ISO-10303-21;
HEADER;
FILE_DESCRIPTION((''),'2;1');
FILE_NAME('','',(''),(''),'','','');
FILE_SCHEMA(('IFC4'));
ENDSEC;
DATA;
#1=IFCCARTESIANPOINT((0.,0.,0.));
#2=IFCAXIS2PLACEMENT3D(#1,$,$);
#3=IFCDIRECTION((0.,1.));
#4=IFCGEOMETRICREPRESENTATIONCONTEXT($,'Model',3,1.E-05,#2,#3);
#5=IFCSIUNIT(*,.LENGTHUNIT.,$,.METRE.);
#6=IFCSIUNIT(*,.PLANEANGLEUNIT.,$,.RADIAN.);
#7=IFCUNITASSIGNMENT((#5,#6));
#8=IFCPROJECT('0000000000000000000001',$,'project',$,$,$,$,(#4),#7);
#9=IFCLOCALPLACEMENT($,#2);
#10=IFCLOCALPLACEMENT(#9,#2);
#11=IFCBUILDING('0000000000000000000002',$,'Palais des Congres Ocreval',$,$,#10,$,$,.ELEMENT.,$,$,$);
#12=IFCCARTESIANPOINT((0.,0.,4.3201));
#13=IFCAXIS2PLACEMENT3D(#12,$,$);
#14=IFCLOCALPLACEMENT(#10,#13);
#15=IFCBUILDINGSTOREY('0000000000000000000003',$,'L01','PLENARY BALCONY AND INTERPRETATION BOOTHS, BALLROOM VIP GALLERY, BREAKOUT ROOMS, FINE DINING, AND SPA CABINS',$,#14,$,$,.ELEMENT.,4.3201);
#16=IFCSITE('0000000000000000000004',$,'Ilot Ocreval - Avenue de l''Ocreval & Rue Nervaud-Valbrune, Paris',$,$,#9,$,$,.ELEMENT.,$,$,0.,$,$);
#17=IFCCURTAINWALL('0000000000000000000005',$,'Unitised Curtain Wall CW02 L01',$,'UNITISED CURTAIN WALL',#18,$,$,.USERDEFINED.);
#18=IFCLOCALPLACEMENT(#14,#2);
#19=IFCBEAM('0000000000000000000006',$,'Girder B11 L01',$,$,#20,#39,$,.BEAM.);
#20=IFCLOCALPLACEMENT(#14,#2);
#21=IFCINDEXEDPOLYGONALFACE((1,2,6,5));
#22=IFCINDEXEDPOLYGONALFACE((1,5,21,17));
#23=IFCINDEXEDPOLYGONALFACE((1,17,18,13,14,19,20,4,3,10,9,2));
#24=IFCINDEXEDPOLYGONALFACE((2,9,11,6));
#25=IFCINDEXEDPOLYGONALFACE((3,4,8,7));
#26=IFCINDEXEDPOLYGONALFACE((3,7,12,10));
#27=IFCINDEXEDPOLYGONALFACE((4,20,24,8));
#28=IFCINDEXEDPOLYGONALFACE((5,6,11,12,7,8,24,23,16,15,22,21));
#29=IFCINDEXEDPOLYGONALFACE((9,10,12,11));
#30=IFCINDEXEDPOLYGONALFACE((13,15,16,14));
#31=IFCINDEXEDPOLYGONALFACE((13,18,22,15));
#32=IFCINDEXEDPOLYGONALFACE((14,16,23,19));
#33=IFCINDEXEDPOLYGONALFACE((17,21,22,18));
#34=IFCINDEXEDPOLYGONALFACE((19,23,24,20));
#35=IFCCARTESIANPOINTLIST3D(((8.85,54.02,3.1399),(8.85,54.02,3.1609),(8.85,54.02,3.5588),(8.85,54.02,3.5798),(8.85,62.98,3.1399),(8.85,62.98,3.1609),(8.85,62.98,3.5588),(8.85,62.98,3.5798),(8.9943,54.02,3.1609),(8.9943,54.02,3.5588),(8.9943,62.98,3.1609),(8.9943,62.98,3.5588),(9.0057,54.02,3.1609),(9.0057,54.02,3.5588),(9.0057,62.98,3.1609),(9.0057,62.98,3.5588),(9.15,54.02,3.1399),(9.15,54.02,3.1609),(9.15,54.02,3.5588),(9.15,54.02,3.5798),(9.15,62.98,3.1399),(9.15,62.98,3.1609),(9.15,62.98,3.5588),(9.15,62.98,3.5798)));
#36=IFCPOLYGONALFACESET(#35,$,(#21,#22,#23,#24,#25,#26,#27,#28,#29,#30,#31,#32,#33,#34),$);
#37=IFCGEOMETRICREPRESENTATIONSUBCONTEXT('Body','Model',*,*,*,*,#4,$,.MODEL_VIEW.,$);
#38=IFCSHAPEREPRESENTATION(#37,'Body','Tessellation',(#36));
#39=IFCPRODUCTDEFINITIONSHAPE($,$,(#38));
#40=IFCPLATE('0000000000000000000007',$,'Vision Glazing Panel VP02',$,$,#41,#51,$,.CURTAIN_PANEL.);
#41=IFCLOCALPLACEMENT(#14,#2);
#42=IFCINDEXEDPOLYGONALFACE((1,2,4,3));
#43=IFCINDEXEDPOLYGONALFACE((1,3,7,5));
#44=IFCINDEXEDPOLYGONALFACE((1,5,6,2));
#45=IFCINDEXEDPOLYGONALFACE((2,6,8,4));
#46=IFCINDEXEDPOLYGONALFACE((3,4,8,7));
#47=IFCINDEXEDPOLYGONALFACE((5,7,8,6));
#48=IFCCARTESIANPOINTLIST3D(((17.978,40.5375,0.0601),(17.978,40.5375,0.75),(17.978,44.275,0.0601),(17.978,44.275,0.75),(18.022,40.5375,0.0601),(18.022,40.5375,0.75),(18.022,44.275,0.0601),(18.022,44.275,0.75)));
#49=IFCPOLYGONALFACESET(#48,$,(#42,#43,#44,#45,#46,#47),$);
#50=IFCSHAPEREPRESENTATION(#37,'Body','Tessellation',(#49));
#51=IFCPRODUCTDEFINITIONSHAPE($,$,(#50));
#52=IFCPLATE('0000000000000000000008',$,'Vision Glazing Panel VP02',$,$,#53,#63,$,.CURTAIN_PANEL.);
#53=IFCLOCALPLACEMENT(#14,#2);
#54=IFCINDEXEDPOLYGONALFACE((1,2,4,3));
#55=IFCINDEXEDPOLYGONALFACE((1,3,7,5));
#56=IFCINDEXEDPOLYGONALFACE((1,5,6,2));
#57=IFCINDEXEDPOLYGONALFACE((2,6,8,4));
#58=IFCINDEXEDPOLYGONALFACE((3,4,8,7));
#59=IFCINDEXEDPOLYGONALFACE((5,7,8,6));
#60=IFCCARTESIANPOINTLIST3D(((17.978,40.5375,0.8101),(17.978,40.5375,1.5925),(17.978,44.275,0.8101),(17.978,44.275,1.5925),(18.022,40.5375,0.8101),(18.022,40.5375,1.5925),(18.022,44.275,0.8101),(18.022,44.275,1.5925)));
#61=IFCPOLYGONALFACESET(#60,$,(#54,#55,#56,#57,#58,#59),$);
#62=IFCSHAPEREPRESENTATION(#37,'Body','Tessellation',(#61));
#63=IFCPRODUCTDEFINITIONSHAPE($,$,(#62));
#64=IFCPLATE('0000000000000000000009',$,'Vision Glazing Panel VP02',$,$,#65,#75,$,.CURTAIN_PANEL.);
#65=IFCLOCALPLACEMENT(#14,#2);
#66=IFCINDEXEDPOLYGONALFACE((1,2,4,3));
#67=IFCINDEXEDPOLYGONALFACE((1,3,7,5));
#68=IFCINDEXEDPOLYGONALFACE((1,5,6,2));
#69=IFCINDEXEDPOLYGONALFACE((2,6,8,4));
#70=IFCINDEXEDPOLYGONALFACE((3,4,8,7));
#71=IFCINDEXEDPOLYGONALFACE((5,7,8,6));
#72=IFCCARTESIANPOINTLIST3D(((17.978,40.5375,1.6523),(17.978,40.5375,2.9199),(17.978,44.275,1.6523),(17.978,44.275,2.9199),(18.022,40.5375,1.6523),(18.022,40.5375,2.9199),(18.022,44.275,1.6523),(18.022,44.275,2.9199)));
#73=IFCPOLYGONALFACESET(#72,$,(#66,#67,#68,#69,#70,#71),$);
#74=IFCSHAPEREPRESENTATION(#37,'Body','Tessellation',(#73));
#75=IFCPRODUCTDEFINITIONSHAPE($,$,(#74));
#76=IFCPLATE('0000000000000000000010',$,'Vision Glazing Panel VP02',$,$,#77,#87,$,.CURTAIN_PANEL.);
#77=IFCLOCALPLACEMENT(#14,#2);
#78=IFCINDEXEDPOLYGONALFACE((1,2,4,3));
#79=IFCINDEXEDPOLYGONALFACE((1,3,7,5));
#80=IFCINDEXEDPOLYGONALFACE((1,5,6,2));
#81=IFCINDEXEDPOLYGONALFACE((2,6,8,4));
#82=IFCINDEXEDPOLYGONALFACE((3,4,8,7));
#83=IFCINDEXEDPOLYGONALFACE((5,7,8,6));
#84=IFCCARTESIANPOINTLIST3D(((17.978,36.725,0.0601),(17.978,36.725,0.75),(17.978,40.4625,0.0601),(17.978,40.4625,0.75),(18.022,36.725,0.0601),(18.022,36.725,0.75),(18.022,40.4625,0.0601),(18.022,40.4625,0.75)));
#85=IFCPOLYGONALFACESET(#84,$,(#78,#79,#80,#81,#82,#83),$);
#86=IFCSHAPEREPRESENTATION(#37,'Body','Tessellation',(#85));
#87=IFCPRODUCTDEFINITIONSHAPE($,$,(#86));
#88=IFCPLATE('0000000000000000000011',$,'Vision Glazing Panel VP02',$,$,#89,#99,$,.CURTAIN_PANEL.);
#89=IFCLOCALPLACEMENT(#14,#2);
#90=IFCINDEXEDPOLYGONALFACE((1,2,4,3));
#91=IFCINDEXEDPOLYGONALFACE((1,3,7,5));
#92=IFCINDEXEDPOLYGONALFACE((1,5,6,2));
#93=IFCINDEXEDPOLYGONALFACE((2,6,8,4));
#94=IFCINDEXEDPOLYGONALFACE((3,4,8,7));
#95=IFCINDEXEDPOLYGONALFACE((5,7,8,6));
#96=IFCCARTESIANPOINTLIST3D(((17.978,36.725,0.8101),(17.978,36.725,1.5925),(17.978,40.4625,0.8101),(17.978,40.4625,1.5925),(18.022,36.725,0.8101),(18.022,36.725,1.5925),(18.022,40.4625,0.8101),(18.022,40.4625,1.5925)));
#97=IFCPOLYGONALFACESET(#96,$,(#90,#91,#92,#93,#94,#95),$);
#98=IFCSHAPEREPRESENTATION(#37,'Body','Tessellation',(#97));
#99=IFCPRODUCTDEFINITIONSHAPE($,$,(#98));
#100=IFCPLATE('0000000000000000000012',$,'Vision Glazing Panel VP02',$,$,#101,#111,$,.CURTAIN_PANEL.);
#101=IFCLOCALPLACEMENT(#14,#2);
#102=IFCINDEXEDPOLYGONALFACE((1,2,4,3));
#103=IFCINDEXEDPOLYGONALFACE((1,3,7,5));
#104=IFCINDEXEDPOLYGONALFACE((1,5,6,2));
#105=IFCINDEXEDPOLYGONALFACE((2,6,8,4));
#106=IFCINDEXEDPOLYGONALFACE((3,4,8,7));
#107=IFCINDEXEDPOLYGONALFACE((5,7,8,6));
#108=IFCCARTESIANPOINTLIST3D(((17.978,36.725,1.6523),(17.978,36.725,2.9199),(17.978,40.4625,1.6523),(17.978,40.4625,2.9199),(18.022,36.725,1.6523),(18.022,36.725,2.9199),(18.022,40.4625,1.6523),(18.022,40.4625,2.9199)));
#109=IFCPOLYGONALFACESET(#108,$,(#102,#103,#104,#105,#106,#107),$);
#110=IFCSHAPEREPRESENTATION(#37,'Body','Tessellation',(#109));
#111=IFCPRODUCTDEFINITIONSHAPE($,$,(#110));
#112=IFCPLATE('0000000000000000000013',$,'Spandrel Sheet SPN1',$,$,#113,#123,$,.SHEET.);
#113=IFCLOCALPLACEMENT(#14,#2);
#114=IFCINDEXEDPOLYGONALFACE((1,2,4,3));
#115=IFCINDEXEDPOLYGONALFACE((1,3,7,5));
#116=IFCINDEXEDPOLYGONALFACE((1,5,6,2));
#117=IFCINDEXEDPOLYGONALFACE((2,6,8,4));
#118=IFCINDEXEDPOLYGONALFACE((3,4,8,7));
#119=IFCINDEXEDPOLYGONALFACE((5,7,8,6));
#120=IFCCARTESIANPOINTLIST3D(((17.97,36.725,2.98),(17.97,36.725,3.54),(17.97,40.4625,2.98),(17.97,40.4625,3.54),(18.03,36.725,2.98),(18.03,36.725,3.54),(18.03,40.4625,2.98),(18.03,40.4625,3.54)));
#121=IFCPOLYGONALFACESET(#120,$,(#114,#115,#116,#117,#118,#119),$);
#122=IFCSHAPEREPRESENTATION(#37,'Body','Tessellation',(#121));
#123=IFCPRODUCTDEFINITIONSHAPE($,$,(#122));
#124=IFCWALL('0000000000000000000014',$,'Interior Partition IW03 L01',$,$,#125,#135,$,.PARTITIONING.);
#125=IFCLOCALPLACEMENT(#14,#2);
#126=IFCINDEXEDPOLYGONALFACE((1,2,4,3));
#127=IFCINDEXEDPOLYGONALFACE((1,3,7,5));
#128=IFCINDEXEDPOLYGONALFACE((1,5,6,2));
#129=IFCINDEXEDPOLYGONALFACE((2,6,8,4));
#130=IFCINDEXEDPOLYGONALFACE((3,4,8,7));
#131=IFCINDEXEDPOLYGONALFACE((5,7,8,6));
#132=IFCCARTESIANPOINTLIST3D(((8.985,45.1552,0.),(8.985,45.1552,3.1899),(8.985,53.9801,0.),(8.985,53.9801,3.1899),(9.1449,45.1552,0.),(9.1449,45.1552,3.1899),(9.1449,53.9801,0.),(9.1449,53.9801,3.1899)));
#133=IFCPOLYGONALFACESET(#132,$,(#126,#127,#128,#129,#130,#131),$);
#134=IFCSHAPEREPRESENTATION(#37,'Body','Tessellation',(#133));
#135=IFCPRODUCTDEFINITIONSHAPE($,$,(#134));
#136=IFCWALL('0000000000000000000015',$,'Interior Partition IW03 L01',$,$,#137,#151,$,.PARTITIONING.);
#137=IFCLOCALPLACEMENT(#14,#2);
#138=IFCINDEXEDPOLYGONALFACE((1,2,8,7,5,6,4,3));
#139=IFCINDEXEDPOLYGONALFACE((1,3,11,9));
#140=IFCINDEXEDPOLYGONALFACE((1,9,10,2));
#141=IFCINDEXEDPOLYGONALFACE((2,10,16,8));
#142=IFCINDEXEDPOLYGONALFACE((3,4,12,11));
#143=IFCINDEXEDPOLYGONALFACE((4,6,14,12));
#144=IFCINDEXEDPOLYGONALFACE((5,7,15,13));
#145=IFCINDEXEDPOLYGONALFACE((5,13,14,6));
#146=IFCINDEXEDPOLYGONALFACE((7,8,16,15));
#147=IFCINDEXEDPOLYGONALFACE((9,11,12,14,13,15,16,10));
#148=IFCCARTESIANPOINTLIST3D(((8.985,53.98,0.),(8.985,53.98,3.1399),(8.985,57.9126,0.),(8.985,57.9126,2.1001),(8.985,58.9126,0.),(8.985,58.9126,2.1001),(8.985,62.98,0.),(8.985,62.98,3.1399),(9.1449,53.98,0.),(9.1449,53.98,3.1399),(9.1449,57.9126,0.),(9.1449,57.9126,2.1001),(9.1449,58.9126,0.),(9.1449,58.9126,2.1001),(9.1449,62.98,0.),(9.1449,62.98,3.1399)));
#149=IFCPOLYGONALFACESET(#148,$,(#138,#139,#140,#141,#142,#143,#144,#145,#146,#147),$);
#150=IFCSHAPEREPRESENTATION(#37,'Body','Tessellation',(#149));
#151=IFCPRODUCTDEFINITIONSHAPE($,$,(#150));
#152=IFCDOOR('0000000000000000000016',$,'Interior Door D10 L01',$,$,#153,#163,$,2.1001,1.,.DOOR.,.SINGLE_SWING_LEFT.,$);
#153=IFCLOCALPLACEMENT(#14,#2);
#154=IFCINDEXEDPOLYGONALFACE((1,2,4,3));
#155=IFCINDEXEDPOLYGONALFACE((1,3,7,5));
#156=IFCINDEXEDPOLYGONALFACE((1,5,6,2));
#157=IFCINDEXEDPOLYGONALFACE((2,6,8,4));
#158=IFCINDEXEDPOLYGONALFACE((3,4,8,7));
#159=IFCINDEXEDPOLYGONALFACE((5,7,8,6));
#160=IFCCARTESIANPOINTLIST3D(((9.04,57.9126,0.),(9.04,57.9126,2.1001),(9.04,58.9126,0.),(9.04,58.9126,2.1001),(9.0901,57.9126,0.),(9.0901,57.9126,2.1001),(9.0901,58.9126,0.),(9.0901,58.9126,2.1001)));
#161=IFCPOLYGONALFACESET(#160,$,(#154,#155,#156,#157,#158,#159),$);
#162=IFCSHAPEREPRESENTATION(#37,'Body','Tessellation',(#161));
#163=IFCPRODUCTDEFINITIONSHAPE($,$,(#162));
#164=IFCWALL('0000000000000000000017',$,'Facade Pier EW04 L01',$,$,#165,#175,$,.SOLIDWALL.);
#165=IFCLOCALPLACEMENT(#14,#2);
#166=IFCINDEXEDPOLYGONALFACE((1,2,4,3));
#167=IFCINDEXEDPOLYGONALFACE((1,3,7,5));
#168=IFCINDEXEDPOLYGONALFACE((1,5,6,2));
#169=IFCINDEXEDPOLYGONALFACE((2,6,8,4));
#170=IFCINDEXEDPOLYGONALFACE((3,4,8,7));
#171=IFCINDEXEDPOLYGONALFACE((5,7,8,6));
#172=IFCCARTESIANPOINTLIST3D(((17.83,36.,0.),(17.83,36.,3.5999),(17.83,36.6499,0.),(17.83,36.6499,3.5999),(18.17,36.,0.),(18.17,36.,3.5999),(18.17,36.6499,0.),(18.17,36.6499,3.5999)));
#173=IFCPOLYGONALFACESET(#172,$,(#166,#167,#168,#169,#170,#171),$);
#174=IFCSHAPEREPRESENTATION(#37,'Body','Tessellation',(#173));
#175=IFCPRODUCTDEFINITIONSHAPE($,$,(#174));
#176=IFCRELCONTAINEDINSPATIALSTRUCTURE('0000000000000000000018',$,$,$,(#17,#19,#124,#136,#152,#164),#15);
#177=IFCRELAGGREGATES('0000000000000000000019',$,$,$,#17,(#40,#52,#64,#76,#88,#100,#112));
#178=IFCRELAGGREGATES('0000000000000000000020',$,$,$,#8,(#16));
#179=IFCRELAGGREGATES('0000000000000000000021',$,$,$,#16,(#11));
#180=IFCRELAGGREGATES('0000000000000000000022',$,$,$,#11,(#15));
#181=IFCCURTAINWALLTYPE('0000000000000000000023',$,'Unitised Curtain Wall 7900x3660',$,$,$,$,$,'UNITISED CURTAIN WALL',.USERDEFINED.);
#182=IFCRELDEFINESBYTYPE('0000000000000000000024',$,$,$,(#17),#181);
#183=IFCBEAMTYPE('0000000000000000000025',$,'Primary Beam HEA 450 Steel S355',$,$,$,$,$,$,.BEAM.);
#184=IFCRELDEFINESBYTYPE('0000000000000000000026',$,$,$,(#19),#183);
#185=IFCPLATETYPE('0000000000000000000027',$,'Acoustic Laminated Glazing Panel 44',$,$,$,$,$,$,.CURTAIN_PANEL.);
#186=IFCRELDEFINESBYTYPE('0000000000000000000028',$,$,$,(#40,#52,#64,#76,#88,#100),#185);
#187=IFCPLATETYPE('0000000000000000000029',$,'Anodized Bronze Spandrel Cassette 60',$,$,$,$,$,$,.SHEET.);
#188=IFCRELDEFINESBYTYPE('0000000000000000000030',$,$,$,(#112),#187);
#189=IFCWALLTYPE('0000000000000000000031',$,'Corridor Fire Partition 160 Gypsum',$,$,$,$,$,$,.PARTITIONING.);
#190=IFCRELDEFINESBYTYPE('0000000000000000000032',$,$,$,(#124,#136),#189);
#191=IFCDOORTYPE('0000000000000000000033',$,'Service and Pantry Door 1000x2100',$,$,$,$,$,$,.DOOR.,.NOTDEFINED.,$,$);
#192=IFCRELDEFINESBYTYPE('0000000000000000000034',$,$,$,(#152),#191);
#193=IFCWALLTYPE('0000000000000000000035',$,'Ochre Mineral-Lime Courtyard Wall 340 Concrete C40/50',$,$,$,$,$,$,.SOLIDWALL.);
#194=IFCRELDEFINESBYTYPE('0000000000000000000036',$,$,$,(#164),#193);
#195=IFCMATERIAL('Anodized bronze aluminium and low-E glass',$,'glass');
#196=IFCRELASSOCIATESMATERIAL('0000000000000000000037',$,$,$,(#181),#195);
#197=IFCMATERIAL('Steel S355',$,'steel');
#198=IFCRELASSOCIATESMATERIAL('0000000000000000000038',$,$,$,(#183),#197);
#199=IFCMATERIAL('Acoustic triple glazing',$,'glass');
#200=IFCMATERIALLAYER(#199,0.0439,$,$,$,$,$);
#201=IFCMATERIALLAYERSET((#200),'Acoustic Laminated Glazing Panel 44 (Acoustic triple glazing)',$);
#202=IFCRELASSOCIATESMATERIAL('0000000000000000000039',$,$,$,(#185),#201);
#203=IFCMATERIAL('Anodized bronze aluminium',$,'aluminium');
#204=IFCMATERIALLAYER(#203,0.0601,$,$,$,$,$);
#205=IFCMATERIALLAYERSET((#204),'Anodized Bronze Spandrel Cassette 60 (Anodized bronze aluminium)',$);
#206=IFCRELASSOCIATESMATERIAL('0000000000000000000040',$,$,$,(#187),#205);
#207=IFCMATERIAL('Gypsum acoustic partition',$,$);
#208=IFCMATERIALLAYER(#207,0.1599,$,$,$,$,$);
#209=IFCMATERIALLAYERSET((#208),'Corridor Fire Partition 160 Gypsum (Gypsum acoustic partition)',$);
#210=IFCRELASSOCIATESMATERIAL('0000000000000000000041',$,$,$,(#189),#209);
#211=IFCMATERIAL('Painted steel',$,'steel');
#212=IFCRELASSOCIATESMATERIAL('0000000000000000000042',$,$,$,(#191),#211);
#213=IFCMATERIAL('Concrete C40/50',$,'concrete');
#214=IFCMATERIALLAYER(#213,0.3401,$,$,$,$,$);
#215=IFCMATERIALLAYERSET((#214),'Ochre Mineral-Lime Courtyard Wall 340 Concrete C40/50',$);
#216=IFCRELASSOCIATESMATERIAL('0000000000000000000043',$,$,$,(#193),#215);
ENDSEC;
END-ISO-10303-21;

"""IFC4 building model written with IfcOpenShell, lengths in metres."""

from ifc_helpers import new_model, si_unit, direction, frame, frame_2d, origin, origin_2d, place, context, subcontext, project, spatial, rectangle, i_section, extrude, material, layer, layer_set, material_profile, profile_set, type_object, element, fill, aggregate, save


model = new_model("IFC4")

# Units and contexts
model_context = context("Model", 3, precision=1e-05, world=origin(), true_north=direction((0.0, 1.0)))
body_context = subcontext(model_context, "Body", "Model", "MODEL_VIEW")
ifc_project = project(units=[si_unit("LENGTHUNIT", "METRE"), si_unit("PLANEANGLEUNIT", "RADIAN")], contexts=[model_context])

# Site, building, storey
site_placement = place(None, origin())
site = spatial("IfcSite", under=ifc_project, at=site_placement, Name="Ilot Ocreval - Avenue de l'Ocreval & Rue Nervaud-Valbrune, Paris", CompositionType="ELEMENT", RefElevation=0.0)
building_placement = place(site_placement, origin())
building = spatial("IfcBuilding", under=site, at=building_placement, Name="Palais des Congres Ocreval", CompositionType="ELEMENT")
storey_placement = place(building_placement, frame((0.0, 0.0, 4.3201)))
storey = spatial("IfcBuildingStorey", under=building, at=storey_placement, Name="L01", Description="PLENARY BALCONY AND INTERPRETATION BOOTHS, BALLROOM VIP GALLERY, BREAKOUT ROOMS, FINE DINING, AND SPA CABINS", CompositionType="ELEMENT", Elevation=4.3201)

# Shared definitions
ifc_material_1 = material(Name="Concrete C40/50", Category="concrete")

# Curtain wall
ifc_material_2 = material(Name="Anodized bronze aluminium and low-E glass", Category="glass")
curtain_wall_type = type_object("IfcCurtainWallType", Name="Unitised Curtain Wall 7900x3660", ElementType="UNITISED CURTAIN WALL", PredefinedType="USERDEFINED", material=ifc_material_2)
curtain_wall_placement = place(storey_placement, origin())
curtain_wall = element("IfcCurtainWall", 1, at=curtain_wall_placement, inside=storey, type_object=curtain_wall_type, Name="Unitised Curtain Wall CW02 L01", ObjectType="UNITISED CURTAIN WALL", PredefinedType="USERDEFINED")
ifc_material_3 = material(Name="Anodized bronze aluminium", Category="aluminium")

# Beam
ifc_material_4 = material(Name="Steel S355", Category="steel")
ifc_material_profile_1 = material_profile(ifc_material_4, i_section(OverallWidth=0.3, OverallDepth=0.4399, WebThickness=0.0115, FlangeThickness=0.021, at=origin_2d()), Name="HEA 450")
ifc_profile_set_1 = profile_set([ifc_material_profile_1], Name="Steel S355")
beam_type_1 = type_object("IfcBeamType", Name="Primary Beam HEA 450 Steel S355", PredefinedType="BEAM", material=ifc_profile_set_1)
for number, where, z_axis, x_axis, name in (
    (2, (9.0, 54.02, 3.3599), (0.0, 1.0, 0.0), (-1.0, 0.0, 0.0), "Girder B11 L01"),
):
    element("IfcBeam", number, at=place(storey_placement, frame(where, z_axis=z_axis, x_axis=x_axis)), inside=storey, type_object=beam_type_1, Name=name, PredefinedType="BEAM", context=body_context, shape_type="SweptSolid", body=[
        extrude(i_section(OverallWidth=0.3, OverallDepth=0.4399, WebThickness=0.0115, FlangeThickness=0.021, at=origin_2d()), origin(), (0.0, 0.0, 1.0), 8.96),
    ])

# Plates
ifc_material_5 = material(Name="Acoustic triple glazing", Category="glass")
ifc_layer_1 = layer(ifc_material_5, 0.0439)
ifc_layer_set_1 = layer_set([ifc_layer_1], Name="Acoustic Laminated Glazing Panel 44 (Acoustic triple glazing)")
plate_type_1 = type_object("IfcPlateType", Name="Acoustic Laminated Glazing Panel 44", PredefinedType="CURTAIN_PANEL", material=ifc_layer_set_1)
plate_1_placement = place(storey_placement, frame((18.0, 42.4062, 0.0601), z_axis=(0.0, 0.0, 1.0), x_axis=(0.0, -1.0, 0.0)))
plate_1 = element("IfcPlate", 3, at=plate_1_placement, type_object=plate_type_1, Name="Vision Glazing Panel VP02", PredefinedType="CURTAIN_PANEL", context=body_context, shape_type="SweptSolid", body=[
    extrude(rectangle(XDim=3.7375, YDim=0.0439, at=origin_2d()), origin(), (0.0, 0.0, 1.0), 0.6899),
])
plate_2_placement = place(storey_placement, frame((18.0, 42.4062, 0.8101), z_axis=(0.0, 0.0, 1.0), x_axis=(0.0, -1.0, 0.0)))
plate_2 = element("IfcPlate", 4, at=plate_2_placement, type_object=plate_type_1, Name="Vision Glazing Panel VP02", PredefinedType="CURTAIN_PANEL", context=body_context, shape_type="SweptSolid", body=[
    extrude(rectangle(XDim=3.7375, YDim=0.0439, at=origin_2d()), origin(), (0.0, 0.0, 1.0), 0.7825),
])
plate_3_placement = place(storey_placement, frame((18.0, 42.4062, 1.6523), z_axis=(0.0, 0.0, 1.0), x_axis=(0.0, -1.0, 0.0)))
plate_3 = element("IfcPlate", 5, at=plate_3_placement, type_object=plate_type_1, Name="Vision Glazing Panel VP02", PredefinedType="CURTAIN_PANEL", context=body_context, shape_type="SweptSolid", body=[
    extrude(rectangle(XDim=3.7375, YDim=0.0439, at=origin_2d()), origin(), (0.0, 0.0, 1.0), 1.2676),
])
plate_4_placement = place(storey_placement, frame((18.0, 38.5938, 0.0601), z_axis=(0.0, 0.0, 1.0), x_axis=(0.0, -1.0, 0.0)))
plate_4 = element("IfcPlate", 6, at=plate_4_placement, type_object=plate_type_1, Name="Vision Glazing Panel VP02", PredefinedType="CURTAIN_PANEL", context=body_context, shape_type="SweptSolid", body=[
    extrude(rectangle(XDim=3.7375, YDim=0.0439, at=origin_2d()), origin(), (0.0, 0.0, 1.0), 0.6899),
])
plate_5_placement = place(storey_placement, frame((18.0, 38.5938, 0.8101), z_axis=(0.0, 0.0, 1.0), x_axis=(0.0, -1.0, 0.0)))
plate_5 = element("IfcPlate", 7, at=plate_5_placement, type_object=plate_type_1, Name="Vision Glazing Panel VP02", PredefinedType="CURTAIN_PANEL", context=body_context, shape_type="SweptSolid", body=[
    extrude(rectangle(XDim=3.7375, YDim=0.0439, at=origin_2d()), origin(), (0.0, 0.0, 1.0), 0.7825),
])
plate_6_placement = place(storey_placement, frame((18.0, 38.5938, 1.6523), z_axis=(0.0, 0.0, 1.0), x_axis=(0.0, -1.0, 0.0)))
plate_6 = element("IfcPlate", 8, at=plate_6_placement, type_object=plate_type_1, Name="Vision Glazing Panel VP02", PredefinedType="CURTAIN_PANEL", context=body_context, shape_type="SweptSolid", body=[
    extrude(rectangle(XDim=3.7375, YDim=0.0439, at=origin_2d()), origin(), (0.0, 0.0, 1.0), 1.2676),
])
ifc_layer_2 = layer(ifc_material_3, 0.0601)
ifc_layer_set_2 = layer_set([ifc_layer_2], Name="Anodized Bronze Spandrel Cassette 60 (Anodized bronze aluminium)")
plate_type_2 = type_object("IfcPlateType", Name="Anodized Bronze Spandrel Cassette 60", PredefinedType="SHEET", material=ifc_layer_set_2)
plate_7_placement = place(storey_placement, frame((18.0, 38.5938, 2.98), z_axis=(0.0, 0.0, 1.0), x_axis=(0.0, -1.0, 0.0)))
plate_7 = element("IfcPlate", 9, at=plate_7_placement, type_object=plate_type_2, Name="Spandrel Sheet SPN1", PredefinedType="SHEET", context=body_context, shape_type="SweptSolid", body=[
    extrude(rectangle(XDim=3.7375, YDim=0.0601, at=origin_2d()), origin(), (0.0, 0.0, 1.0), 0.5601),
])
aggregate(curtain_wall, [plate_1, plate_2, plate_3, plate_4, plate_5, plate_6, plate_7])

# Wall
ifc_material_6 = material(Name="Gypsum acoustic partition")
ifc_layer_3 = layer(ifc_material_6, 0.1599)
ifc_layer_set_3 = layer_set([ifc_layer_3], Name="Corridor Fire Partition 160 Gypsum (Gypsum acoustic partition)")
wall_type_1 = type_object("IfcWallType", Name="Corridor Fire Partition 160 Gypsum", PredefinedType="PARTITIONING", material=ifc_layer_set_3)
wall_1_placement = place(storey_placement, frame((9.0649, 45.155, 0.0), z_axis=(0.0, 0.0, 1.0), x_axis=(0.0, 1.0, 0.0)))
element("IfcWall", 10, at=wall_1_placement, inside=storey, type_object=wall_type_1, Name="Interior Partition IW03 L01", PredefinedType="PARTITIONING", context=body_context, shape_type="SweptSolid", body=[
    extrude(rectangle(XDim=8.825, YDim=0.1599, at=frame_2d((4.4126, 0.0))), origin(), (0.0, 0.0, 1.0), 3.1899),
])

# Wall, opening, door
wall_2_placement = place(storey_placement, frame((9.0649, 53.98, 0.0), z_axis=(0.0, 0.0, 1.0), x_axis=(0.0, 1.0, 0.0)))
wall_2 = element("IfcWall", 11, at=wall_2_placement, inside=storey, type_object=wall_type_1, Name="Interior Partition IW03 L01", PredefinedType="PARTITIONING", context=body_context, shape_type="SweptSolid", body=[
    extrude(rectangle(XDim=9.0, YDim=0.1599, at=frame_2d((4.5, 0.0))), origin(), (0.0, 0.0, 1.0), 3.1399),
])
opening_placement = place(wall_2_placement, frame((3.9326, 0.0, 0.0)))
opening = element("IfcOpeningElement", 12, at=opening_placement, cuts=wall_2, PredefinedType="OPENING", context=body_context, shape_type="SweptSolid", body=[
    extrude(rectangle(XDim=1.0, YDim=2.1001, at=frame_2d((0.5, 1.05))), frame((0.0, 0.0898, 0.0), z_axis=(0.0, -1.0, 0.0), x_axis=(1.0, 0.0, 0.0)), (0.0, 0.0, 1.0), 0.1799),
])
ifc_material_7 = material(Name="Painted steel", Category="steel")
door_type = type_object("IfcDoorType", Name="Service and Pantry Door 1000x2100", OperationType="NOTDEFINED", PredefinedType="DOOR", material=ifc_material_7)
door_placement = place(opening_placement, origin())
door = element("IfcDoor", 13, at=door_placement, inside=storey, type_object=door_type, Name="Interior Door D10 L01", OperationType="SINGLE_SWING_LEFT", OverallHeight=2.1001, OverallWidth=1.0, PredefinedType="DOOR", context=body_context, shape_type="SweptSolid", body=[
    extrude(rectangle(XDim=1.0, YDim=2.1001, at=frame_2d((0.5, 1.05))), frame((0.0, 0.0249, 0.0), z_axis=(0.0, -1.0, 0.0), x_axis=(1.0, 0.0, 0.0)), (0.0, 0.0, 1.0), 0.05),
])
fill(opening, door)

# Wall
ifc_layer_4 = layer(ifc_material_1, 0.3401)
ifc_layer_set_4 = layer_set([ifc_layer_4], Name="Ochre Mineral-Lime Courtyard Wall 340 Concrete C40/50")
wall_type_2 = type_object("IfcWallType", Name="Ochre Mineral-Lime Courtyard Wall 340 Concrete C40/50", PredefinedType="SOLIDWALL", material=ifc_layer_set_4)
wall_3_placement = place(storey_placement, frame((18.0, 36.6499, 0.0), z_axis=(0.0, 0.0, 1.0), x_axis=(0.0, -1.0, 0.0)))
element("IfcWall", 14, at=wall_3_placement, inside=storey, type_object=wall_type_2, Name="Facade Pier EW04 L01", PredefinedType="SOLIDWALL", context=body_context, shape_type="SweptSolid", body=[
    extrude(rectangle(XDim=0.6499, YDim=0.3401, at=frame_2d((0.325, 0.0))), origin(), (0.0, 0.0, 1.0), 3.5999),
])

save(model, "model.ifc")
